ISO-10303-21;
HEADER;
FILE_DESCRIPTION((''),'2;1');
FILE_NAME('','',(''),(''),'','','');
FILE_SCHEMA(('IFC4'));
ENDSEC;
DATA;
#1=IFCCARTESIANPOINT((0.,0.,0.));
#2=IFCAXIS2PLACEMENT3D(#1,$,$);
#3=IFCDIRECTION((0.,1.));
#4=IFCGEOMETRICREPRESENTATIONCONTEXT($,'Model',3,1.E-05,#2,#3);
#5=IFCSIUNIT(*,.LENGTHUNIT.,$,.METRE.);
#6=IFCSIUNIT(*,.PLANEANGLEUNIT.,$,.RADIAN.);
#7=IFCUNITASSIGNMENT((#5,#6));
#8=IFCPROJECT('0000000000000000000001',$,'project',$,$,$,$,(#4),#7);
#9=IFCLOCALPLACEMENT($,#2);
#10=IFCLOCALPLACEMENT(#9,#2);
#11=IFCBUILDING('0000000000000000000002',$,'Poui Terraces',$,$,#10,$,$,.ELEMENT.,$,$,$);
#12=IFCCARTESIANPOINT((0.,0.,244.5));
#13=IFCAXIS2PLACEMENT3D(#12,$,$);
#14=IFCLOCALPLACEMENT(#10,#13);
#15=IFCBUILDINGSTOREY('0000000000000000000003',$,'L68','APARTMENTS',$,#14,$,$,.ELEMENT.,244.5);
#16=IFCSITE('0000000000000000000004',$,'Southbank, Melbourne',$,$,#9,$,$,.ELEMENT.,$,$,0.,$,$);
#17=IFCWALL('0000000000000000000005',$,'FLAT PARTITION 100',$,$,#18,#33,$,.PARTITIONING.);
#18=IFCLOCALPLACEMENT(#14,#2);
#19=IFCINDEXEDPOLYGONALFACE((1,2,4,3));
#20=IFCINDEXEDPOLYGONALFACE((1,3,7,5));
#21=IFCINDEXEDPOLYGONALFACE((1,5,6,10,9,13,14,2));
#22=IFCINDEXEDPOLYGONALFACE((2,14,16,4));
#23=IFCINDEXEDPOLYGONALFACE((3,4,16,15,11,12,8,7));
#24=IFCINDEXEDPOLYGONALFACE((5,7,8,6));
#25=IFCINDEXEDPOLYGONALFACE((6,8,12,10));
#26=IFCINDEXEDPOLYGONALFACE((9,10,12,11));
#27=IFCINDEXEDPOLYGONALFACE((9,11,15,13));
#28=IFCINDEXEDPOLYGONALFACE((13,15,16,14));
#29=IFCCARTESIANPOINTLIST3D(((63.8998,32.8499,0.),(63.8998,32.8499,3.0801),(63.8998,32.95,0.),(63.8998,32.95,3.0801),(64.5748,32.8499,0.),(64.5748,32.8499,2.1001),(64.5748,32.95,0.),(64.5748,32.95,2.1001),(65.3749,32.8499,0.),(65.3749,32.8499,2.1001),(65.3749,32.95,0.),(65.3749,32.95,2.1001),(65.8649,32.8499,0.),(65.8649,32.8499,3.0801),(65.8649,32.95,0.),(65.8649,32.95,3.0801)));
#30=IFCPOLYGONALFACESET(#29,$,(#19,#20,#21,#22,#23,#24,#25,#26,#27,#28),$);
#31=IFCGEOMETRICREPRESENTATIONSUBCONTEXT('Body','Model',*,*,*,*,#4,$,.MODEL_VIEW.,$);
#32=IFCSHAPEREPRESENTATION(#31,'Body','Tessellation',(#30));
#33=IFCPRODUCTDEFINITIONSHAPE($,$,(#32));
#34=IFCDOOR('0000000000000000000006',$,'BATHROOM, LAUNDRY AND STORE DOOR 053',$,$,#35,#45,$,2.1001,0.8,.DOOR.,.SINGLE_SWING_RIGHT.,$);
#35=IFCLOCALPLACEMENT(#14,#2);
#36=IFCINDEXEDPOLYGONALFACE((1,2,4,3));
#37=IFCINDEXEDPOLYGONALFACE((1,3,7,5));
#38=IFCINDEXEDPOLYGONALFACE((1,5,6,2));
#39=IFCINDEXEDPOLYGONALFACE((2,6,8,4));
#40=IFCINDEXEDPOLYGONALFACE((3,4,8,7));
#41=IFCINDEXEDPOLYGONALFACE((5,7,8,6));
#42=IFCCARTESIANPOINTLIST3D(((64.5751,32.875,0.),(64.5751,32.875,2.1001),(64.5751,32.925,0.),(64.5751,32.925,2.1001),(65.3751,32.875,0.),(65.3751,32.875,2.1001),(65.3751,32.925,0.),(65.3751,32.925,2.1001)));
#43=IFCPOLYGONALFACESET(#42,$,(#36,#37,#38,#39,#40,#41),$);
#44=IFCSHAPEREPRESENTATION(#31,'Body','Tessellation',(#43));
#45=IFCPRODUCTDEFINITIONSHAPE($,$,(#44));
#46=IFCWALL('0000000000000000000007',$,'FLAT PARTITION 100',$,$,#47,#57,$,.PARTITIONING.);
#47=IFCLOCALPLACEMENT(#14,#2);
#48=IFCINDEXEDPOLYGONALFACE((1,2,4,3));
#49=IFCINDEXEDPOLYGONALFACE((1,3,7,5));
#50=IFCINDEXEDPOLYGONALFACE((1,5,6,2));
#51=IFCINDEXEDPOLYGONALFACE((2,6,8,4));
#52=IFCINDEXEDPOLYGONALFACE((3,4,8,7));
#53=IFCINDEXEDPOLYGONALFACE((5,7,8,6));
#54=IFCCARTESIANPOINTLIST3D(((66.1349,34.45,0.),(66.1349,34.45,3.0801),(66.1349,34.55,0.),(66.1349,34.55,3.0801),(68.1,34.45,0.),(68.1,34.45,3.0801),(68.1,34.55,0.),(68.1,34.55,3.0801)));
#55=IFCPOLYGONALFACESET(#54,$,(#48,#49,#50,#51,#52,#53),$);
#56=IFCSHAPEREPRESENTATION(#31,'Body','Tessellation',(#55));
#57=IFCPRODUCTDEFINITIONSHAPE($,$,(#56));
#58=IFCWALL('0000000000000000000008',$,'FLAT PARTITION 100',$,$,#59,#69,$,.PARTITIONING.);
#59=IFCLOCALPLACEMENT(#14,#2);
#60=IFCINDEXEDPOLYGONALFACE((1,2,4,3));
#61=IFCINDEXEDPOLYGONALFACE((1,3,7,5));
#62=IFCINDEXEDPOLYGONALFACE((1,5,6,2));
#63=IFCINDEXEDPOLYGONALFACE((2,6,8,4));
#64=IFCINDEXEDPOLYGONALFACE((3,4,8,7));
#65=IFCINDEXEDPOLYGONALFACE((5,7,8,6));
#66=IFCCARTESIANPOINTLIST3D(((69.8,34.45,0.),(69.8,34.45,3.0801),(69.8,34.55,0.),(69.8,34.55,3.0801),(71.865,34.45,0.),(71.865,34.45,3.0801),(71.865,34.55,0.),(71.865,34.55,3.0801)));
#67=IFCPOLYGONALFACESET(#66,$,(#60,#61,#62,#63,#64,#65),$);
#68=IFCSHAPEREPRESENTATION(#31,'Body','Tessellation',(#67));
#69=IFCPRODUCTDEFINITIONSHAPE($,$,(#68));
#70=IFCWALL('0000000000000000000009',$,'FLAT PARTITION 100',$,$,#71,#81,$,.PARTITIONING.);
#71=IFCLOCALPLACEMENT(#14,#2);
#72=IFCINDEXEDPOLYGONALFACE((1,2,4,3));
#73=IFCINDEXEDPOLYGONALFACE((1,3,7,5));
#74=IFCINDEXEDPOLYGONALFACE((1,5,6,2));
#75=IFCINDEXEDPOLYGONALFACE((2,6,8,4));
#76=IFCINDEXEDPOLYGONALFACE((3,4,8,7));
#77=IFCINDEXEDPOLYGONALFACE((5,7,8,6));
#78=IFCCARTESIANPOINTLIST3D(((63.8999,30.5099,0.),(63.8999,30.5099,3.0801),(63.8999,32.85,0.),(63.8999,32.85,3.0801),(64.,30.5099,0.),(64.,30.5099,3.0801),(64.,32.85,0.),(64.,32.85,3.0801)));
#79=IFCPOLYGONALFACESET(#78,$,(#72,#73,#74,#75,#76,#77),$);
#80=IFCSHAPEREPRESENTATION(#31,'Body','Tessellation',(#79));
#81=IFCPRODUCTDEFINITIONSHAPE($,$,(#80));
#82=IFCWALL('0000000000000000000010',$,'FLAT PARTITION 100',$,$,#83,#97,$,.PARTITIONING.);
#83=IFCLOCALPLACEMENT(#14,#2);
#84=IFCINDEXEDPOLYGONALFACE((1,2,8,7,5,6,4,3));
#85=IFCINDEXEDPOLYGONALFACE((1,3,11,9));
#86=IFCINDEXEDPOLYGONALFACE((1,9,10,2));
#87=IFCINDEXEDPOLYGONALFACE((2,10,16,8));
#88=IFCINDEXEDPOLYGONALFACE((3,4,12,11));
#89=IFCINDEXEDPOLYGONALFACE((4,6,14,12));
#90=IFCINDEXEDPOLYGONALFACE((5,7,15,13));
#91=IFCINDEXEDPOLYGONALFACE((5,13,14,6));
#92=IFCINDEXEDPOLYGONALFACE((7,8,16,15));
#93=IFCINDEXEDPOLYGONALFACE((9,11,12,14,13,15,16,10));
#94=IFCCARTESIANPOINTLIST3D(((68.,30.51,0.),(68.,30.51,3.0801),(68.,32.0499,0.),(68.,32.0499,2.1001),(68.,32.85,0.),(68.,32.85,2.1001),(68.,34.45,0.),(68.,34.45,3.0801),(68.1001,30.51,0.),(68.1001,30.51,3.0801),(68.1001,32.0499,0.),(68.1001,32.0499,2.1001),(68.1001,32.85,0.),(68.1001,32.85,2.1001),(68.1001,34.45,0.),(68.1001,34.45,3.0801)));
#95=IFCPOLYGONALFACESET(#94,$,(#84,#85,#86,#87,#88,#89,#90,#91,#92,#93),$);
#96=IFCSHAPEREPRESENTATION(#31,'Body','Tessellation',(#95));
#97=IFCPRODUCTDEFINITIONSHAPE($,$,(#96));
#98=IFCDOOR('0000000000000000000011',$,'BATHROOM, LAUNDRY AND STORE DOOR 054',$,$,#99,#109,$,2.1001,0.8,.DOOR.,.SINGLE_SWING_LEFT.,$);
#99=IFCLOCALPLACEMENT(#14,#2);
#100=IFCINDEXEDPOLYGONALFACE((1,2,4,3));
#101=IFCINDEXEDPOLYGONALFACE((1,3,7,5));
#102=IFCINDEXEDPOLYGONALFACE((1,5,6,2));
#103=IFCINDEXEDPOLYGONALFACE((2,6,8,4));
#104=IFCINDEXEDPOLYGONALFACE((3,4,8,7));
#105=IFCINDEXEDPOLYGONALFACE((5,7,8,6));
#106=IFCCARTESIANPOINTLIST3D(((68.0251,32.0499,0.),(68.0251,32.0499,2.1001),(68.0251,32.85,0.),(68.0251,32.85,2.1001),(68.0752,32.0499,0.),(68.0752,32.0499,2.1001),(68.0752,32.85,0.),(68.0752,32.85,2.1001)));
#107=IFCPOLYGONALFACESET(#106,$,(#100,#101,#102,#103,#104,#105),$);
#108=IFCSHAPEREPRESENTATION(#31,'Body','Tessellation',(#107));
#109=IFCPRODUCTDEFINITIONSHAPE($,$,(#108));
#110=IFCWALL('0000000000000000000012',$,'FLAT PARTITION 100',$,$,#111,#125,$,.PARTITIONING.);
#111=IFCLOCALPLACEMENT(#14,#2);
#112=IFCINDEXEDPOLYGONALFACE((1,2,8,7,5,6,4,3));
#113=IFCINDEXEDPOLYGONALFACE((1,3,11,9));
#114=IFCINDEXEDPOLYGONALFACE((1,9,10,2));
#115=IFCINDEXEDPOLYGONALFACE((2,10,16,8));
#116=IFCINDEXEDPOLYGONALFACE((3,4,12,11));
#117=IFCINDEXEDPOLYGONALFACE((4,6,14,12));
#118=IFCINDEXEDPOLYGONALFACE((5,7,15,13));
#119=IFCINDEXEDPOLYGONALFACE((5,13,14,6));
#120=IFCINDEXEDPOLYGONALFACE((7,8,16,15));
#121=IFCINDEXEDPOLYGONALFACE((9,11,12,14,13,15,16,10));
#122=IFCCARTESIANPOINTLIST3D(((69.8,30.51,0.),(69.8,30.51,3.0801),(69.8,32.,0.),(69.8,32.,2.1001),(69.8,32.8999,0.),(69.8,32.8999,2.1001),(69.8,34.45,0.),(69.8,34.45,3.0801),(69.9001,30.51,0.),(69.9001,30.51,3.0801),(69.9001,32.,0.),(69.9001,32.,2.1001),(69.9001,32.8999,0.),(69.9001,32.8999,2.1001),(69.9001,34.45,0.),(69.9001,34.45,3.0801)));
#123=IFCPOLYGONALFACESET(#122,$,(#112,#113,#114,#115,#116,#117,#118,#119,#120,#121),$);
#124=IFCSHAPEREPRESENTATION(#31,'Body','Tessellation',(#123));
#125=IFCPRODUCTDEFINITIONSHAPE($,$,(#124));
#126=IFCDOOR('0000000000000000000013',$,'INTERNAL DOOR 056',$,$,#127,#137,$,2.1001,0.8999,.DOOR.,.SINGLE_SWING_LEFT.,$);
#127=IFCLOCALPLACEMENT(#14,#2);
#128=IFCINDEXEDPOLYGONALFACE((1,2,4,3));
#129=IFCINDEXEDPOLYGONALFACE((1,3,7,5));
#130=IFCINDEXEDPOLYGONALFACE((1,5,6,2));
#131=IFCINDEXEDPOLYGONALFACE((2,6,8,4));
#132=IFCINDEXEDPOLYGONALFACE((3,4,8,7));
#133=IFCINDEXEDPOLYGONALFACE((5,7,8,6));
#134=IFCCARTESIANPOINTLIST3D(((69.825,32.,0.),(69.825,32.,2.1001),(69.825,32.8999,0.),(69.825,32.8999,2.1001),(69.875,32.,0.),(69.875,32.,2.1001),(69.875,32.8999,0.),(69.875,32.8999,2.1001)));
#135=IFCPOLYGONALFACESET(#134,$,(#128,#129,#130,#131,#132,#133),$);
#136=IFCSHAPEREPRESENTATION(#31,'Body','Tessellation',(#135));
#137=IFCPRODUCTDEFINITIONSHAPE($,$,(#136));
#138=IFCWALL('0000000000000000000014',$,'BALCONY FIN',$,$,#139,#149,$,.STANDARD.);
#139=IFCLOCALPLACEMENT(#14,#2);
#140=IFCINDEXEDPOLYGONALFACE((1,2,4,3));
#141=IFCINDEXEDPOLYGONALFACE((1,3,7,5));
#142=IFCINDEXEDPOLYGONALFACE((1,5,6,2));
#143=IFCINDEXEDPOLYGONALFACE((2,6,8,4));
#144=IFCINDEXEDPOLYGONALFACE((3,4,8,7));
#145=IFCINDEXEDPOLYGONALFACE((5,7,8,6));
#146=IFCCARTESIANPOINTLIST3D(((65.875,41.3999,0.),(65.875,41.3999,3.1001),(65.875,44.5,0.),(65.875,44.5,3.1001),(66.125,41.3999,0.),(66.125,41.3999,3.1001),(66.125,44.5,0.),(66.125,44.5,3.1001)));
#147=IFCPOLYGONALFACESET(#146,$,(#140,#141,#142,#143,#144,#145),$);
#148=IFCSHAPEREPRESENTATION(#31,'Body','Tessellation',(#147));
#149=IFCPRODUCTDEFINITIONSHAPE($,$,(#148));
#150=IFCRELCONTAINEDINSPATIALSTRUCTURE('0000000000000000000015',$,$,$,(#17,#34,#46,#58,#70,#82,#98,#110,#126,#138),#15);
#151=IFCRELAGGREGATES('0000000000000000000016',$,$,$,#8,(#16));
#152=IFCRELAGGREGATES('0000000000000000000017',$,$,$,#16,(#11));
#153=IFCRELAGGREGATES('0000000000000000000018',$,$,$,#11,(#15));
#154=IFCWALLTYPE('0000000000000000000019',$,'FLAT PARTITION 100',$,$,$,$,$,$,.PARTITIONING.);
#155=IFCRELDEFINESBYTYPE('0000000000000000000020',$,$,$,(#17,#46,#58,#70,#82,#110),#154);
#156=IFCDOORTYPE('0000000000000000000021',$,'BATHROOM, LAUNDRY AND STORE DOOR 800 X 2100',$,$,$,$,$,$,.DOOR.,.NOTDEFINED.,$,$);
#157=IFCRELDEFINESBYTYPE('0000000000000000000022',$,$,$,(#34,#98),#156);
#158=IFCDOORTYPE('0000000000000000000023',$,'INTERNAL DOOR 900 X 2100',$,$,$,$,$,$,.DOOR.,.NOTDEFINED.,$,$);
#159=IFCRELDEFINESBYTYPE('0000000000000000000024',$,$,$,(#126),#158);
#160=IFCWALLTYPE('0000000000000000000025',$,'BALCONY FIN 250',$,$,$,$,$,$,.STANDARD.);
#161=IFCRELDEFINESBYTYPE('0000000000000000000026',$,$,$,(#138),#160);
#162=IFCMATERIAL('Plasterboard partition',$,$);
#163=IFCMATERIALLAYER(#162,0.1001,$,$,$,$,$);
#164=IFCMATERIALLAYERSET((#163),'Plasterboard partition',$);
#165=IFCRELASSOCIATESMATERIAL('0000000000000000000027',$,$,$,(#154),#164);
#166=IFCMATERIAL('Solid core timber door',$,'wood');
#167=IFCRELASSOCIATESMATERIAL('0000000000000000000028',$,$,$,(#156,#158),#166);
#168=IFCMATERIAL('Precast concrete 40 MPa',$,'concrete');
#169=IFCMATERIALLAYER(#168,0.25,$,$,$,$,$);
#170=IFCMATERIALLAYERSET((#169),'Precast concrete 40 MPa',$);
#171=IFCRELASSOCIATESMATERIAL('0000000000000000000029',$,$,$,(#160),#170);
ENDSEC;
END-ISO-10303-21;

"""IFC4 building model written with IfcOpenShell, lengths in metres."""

from ifc_helpers import new_model, si_unit, direction, frame, frame_2d, origin, place, context, subcontext, project, spatial, polyline, rectangle, outline, extrude, source, transform, mapped, material, layer, layer_set, type_object, element, fill, save


model = new_model("IFC4")

# Units and contexts
model_context = context("Model", 3, precision=1e-05, world=origin(), true_north=direction((0.0, 1.0)))
body_context = subcontext(model_context, "Body", "Model", "MODEL_VIEW")
ifc_project = project(units=[si_unit("LENGTHUNIT", "METRE"), si_unit("PLANEANGLEUNIT", "RADIAN")], contexts=[model_context])

# Site, building, storey
site_placement = place(None, origin())
site = spatial("IfcSite", under=ifc_project, at=site_placement, Name="Southbank, Melbourne", CompositionType="ELEMENT", RefElevation=0.0)
building_placement = place(site_placement, origin())
building = spatial("IfcBuilding", under=site, at=building_placement, Name="Poui Terraces", CompositionType="ELEMENT")
storey_placement = place(building_placement, frame((0.0, 0.0, 244.5)))
storey = spatial("IfcBuildingStorey", under=building, at=storey_placement, Name="L68", Description="APARTMENTS", CompositionType="ELEMENT", Elevation=244.5)

# Wall, opening, door
ifc_material_1 = material(Name="Plasterboard partition")
ifc_layer_1 = layer(ifc_material_1, 0.1001)
ifc_layer_set_1 = layer_set([ifc_layer_1], Name="Plasterboard partition")
wall_type_1 = type_object("IfcWallType", Name="FLAT PARTITION 100", PredefinedType="PARTITIONING", material=ifc_layer_set_1)
wall_1_placement = place(storey_placement, frame((63.8999, 32.8999, 0.0), z_axis=(0.0, 0.0, 1.0), x_axis=(1.0, 0.0, 0.0)))
wall_1 = element("IfcWall", 1, at=wall_1_placement, inside=storey, type_object=wall_type_1, Name="FLAT PARTITION 100", PredefinedType="PARTITIONING", context=body_context, shape_type="SweptSolid", body=[
    extrude(rectangle(XDim=1.9651, YDim=0.1001, at=frame_2d((0.9824, 0.0))), origin(), (0.0, 0.0, 1.0), 3.0801),
])
opening_1_placement = place(wall_1_placement, frame((0.675, 0.0, 0.0)))
opening_1 = element("IfcOpeningElement", 2, at=opening_1_placement, cuts=wall_1, PredefinedType="OPENING", context=body_context, shape_type="SweptSolid", body=[
    extrude(rectangle(XDim=0.8, YDim=2.1001, at=frame_2d((0.3999, 1.05))), frame((0.0, 0.0601, 0.0), z_axis=(0.0, -1.0, 0.0), x_axis=(1.0, 0.0, 0.0)), (0.0, 0.0, 1.0), 0.1201),
])
ifc_material_2 = material(Name="Solid core timber door", Category="wood")
door_type_1 = type_object("IfcDoorType", Name="BATHROOM, LAUNDRY AND STORE DOOR 800 X 2100", OperationType="NOTDEFINED", PredefinedType="DOOR", material=ifc_material_2)
door_1_placement = place(opening_1_placement, frame((0.8, 0.0, 0.0), z_axis=(0.0, 0.0, 1.0), x_axis=(-1.0, 0.0, 0.0)))
door_1 = element("IfcDoor", 3, at=door_1_placement, inside=storey, type_object=door_type_1, Name="BATHROOM, LAUNDRY AND STORE DOOR 053", OperationType="SINGLE_SWING_RIGHT", OverallHeight=2.1001, OverallWidth=0.8, PredefinedType="DOOR", context=body_context, shape_type="SweptSolid", body=[
    extrude(rectangle(XDim=0.8, YDim=2.1001, at=frame_2d((0.3999, 1.05))), frame((0.0, 0.0249, 0.0), z_axis=(0.0, -1.0, 0.0), x_axis=(1.0, 0.0, 0.0)), (0.0, 0.0, 1.0), 0.05),
])
fill(opening_1, door_1)

# Walls
wall_2_placement = place(storey_placement, frame((66.135, 34.5, 0.0), z_axis=(0.0, 0.0, 1.0), x_axis=(1.0, 0.0, 0.0)))
element("IfcWall", 4, at=wall_2_placement, inside=storey, type_object=wall_type_1, Name="FLAT PARTITION 100", PredefinedType="PARTITIONING", context=body_context, shape_type="SweptSolid", body=[
    extrude(rectangle(XDim=1.9651, YDim=0.1001, at=frame_2d((0.9824, 0.0))), origin(), (0.0, 0.0, 1.0), 3.0801),
])
wall_3_placement = place(storey_placement, frame((69.8, 34.5, 0.0), z_axis=(0.0, 0.0, 1.0), x_axis=(1.0, 0.0, 0.0)))
element("IfcWall", 5, at=wall_3_placement, inside=storey, type_object=wall_type_1, Name="FLAT PARTITION 100", PredefinedType="PARTITIONING", context=body_context, shape_type="SweptSolid", body=[
    extrude(rectangle(XDim=2.0649, YDim=0.1001, at=frame_2d((1.0325, 0.0))), origin(), (0.0, 0.0, 1.0), 3.0801),
])
wall_4_placement = place(storey_placement, frame((63.95, 30.51, 0.0), z_axis=(0.0, 0.0, 1.0), x_axis=(0.0, 1.0, 0.0)))
element("IfcWall", 6, at=wall_4_placement, inside=storey, type_object=wall_type_1, Name="FLAT PARTITION 100", PredefinedType="PARTITIONING", context=body_context, shape_type="SweptSolid", body=[
    extrude(rectangle(XDim=2.3401, YDim=0.1001, at=frame_2d((1.1699, 0.0))), origin(), (0.0, 0.0, 1.0), 3.0801),
])

# Walls, openings, doors
wall_5_placement = place(storey_placement, frame((68.05, 30.51, 0.0), z_axis=(0.0, 0.0, 1.0), x_axis=(0.0, 1.0, 0.0)))
wall_5 = element("IfcWall", 7, at=wall_5_placement, inside=storey, type_object=wall_type_1, Name="FLAT PARTITION 100", PredefinedType="PARTITIONING", context=body_context, shape_type="SweptSolid", body=[
    extrude(rectangle(XDim=3.9399, YDim=0.1001, at=frame_2d((1.97, 0.0))), origin(), (0.0, 0.0, 1.0), 3.0801),
])
opening_2_placement = place(wall_5_placement, frame((1.54, 0.0, 0.0)))
opening_2 = element("IfcOpeningElement", 8, at=opening_2_placement, cuts=wall_5, PredefinedType="OPENING", context=body_context, shape_type="SweptSolid", body=[
    extrude(rectangle(XDim=0.8, YDim=2.1001, at=frame_2d((0.3999, 1.05))), frame((0.0, 0.0601, 0.0), z_axis=(0.0, -1.0, 0.0), x_axis=(1.0, 0.0, 0.0)), (0.0, 0.0, 1.0), 0.1201),
])
door_2_placement = place(opening_2_placement, origin())
door_2 = element("IfcDoor", 9, at=door_2_placement, inside=storey, type_object=door_type_1, Name="BATHROOM, LAUNDRY AND STORE DOOR 054", OperationType="SINGLE_SWING_LEFT", OverallHeight=2.1001, OverallWidth=0.8, PredefinedType="DOOR", context=body_context, shape_type="SweptSolid", body=[
    extrude(rectangle(XDim=0.8, YDim=2.1001, at=frame_2d((0.3999, 1.05))), frame((0.0, 0.0249, 0.0), z_axis=(0.0, -1.0, 0.0), x_axis=(1.0, 0.0, 0.0)), (0.0, 0.0, 1.0), 0.05),
])
fill(opening_2, door_2)
wall_6_placement = place(storey_placement, frame((69.8501, 30.51, 0.0), z_axis=(0.0, 0.0, 1.0), x_axis=(0.0, 1.0, 0.0)))
wall_6 = element("IfcWall", 10, at=wall_6_placement, inside=storey, type_object=wall_type_1, Name="FLAT PARTITION 100", PredefinedType="PARTITIONING", context=body_context, shape_type="SweptSolid", body=[
    extrude(rectangle(XDim=3.9399, YDim=0.1001, at=frame_2d((1.97, 0.0))), origin(), (0.0, 0.0, 1.0), 3.0801),
])
opening_3_placement = place(wall_6_placement, frame((1.49, 0.0, 0.0)))
opening_3 = element("IfcOpeningElement", 11, at=opening_3_placement, cuts=wall_6, PredefinedType="OPENING", context=body_context, shape_type="SweptSolid", body=[
    extrude(rectangle(XDim=0.8999, YDim=2.1001, at=frame_2d((0.45, 1.05))), frame((0.0, 0.0601, 0.0), z_axis=(0.0, -1.0, 0.0), x_axis=(1.0, 0.0, 0.0)), (0.0, 0.0, 1.0), 0.1201),
])
door_type_2 = type_object("IfcDoorType", Name="INTERNAL DOOR 900 X 2100", OperationType="NOTDEFINED", PredefinedType="DOOR", material=ifc_material_2)
door_3_placement = place(opening_3_placement, frame((0.8999, 0.0, 0.0), z_axis=(0.0, 0.0, 1.0), x_axis=(-1.0, 0.0, 0.0)))
door_3 = element("IfcDoor", 12, at=door_3_placement, inside=storey, type_object=door_type_2, Name="INTERNAL DOOR 056", OperationType="SINGLE_SWING_LEFT", OverallHeight=2.1001, OverallWidth=0.8999, PredefinedType="DOOR", context=body_context, shape_type="SweptSolid", body=[
    extrude(rectangle(XDim=0.8999, YDim=2.1001, at=frame_2d((0.45, 1.05))), frame((0.0, 0.0249, 0.0), z_axis=(0.0, -1.0, 0.0), x_axis=(1.0, 0.0, 0.0)), (0.0, 0.0, 1.0), 0.05),
])
fill(opening_3, door_3)

# Wall
ifc_material_3 = material(Name="Precast concrete 40 MPa", Category="concrete")
ifc_layer_2 = layer(ifc_material_3, 0.25)
ifc_layer_set_2 = layer_set([ifc_layer_2], Name="Precast concrete 40 MPa")
wall_type_2 = type_object("IfcWallType", Name="BALCONY FIN 250", PredefinedType="STANDARD", material=ifc_layer_set_2)
shared_shape_1 = source(origin(), body_context, "Body", "SweptSolid", [
    extrude(outline(polyline([(0.0, 0.0), (0.25, 0.0), (0.25, 3.1001), (0.0, 3.1001), (0.0, 0.0)])), origin(), (0.0, 0.0, 1.0), 3.1001),
])
wall_7_placement = place(storey_placement, frame((65.875, 41.3999, 0.0)))
element("IfcWall", 13, at=wall_7_placement, inside=storey, type_object=wall_type_2, Name="BALCONY FIN", PredefinedType="STANDARD", context=body_context, shape_type="MappedRepresentation", body=[
    mapped(shared_shape_1, transform((0.0, 0.0, 0.0))),
])

save(model, "model.ifc")
